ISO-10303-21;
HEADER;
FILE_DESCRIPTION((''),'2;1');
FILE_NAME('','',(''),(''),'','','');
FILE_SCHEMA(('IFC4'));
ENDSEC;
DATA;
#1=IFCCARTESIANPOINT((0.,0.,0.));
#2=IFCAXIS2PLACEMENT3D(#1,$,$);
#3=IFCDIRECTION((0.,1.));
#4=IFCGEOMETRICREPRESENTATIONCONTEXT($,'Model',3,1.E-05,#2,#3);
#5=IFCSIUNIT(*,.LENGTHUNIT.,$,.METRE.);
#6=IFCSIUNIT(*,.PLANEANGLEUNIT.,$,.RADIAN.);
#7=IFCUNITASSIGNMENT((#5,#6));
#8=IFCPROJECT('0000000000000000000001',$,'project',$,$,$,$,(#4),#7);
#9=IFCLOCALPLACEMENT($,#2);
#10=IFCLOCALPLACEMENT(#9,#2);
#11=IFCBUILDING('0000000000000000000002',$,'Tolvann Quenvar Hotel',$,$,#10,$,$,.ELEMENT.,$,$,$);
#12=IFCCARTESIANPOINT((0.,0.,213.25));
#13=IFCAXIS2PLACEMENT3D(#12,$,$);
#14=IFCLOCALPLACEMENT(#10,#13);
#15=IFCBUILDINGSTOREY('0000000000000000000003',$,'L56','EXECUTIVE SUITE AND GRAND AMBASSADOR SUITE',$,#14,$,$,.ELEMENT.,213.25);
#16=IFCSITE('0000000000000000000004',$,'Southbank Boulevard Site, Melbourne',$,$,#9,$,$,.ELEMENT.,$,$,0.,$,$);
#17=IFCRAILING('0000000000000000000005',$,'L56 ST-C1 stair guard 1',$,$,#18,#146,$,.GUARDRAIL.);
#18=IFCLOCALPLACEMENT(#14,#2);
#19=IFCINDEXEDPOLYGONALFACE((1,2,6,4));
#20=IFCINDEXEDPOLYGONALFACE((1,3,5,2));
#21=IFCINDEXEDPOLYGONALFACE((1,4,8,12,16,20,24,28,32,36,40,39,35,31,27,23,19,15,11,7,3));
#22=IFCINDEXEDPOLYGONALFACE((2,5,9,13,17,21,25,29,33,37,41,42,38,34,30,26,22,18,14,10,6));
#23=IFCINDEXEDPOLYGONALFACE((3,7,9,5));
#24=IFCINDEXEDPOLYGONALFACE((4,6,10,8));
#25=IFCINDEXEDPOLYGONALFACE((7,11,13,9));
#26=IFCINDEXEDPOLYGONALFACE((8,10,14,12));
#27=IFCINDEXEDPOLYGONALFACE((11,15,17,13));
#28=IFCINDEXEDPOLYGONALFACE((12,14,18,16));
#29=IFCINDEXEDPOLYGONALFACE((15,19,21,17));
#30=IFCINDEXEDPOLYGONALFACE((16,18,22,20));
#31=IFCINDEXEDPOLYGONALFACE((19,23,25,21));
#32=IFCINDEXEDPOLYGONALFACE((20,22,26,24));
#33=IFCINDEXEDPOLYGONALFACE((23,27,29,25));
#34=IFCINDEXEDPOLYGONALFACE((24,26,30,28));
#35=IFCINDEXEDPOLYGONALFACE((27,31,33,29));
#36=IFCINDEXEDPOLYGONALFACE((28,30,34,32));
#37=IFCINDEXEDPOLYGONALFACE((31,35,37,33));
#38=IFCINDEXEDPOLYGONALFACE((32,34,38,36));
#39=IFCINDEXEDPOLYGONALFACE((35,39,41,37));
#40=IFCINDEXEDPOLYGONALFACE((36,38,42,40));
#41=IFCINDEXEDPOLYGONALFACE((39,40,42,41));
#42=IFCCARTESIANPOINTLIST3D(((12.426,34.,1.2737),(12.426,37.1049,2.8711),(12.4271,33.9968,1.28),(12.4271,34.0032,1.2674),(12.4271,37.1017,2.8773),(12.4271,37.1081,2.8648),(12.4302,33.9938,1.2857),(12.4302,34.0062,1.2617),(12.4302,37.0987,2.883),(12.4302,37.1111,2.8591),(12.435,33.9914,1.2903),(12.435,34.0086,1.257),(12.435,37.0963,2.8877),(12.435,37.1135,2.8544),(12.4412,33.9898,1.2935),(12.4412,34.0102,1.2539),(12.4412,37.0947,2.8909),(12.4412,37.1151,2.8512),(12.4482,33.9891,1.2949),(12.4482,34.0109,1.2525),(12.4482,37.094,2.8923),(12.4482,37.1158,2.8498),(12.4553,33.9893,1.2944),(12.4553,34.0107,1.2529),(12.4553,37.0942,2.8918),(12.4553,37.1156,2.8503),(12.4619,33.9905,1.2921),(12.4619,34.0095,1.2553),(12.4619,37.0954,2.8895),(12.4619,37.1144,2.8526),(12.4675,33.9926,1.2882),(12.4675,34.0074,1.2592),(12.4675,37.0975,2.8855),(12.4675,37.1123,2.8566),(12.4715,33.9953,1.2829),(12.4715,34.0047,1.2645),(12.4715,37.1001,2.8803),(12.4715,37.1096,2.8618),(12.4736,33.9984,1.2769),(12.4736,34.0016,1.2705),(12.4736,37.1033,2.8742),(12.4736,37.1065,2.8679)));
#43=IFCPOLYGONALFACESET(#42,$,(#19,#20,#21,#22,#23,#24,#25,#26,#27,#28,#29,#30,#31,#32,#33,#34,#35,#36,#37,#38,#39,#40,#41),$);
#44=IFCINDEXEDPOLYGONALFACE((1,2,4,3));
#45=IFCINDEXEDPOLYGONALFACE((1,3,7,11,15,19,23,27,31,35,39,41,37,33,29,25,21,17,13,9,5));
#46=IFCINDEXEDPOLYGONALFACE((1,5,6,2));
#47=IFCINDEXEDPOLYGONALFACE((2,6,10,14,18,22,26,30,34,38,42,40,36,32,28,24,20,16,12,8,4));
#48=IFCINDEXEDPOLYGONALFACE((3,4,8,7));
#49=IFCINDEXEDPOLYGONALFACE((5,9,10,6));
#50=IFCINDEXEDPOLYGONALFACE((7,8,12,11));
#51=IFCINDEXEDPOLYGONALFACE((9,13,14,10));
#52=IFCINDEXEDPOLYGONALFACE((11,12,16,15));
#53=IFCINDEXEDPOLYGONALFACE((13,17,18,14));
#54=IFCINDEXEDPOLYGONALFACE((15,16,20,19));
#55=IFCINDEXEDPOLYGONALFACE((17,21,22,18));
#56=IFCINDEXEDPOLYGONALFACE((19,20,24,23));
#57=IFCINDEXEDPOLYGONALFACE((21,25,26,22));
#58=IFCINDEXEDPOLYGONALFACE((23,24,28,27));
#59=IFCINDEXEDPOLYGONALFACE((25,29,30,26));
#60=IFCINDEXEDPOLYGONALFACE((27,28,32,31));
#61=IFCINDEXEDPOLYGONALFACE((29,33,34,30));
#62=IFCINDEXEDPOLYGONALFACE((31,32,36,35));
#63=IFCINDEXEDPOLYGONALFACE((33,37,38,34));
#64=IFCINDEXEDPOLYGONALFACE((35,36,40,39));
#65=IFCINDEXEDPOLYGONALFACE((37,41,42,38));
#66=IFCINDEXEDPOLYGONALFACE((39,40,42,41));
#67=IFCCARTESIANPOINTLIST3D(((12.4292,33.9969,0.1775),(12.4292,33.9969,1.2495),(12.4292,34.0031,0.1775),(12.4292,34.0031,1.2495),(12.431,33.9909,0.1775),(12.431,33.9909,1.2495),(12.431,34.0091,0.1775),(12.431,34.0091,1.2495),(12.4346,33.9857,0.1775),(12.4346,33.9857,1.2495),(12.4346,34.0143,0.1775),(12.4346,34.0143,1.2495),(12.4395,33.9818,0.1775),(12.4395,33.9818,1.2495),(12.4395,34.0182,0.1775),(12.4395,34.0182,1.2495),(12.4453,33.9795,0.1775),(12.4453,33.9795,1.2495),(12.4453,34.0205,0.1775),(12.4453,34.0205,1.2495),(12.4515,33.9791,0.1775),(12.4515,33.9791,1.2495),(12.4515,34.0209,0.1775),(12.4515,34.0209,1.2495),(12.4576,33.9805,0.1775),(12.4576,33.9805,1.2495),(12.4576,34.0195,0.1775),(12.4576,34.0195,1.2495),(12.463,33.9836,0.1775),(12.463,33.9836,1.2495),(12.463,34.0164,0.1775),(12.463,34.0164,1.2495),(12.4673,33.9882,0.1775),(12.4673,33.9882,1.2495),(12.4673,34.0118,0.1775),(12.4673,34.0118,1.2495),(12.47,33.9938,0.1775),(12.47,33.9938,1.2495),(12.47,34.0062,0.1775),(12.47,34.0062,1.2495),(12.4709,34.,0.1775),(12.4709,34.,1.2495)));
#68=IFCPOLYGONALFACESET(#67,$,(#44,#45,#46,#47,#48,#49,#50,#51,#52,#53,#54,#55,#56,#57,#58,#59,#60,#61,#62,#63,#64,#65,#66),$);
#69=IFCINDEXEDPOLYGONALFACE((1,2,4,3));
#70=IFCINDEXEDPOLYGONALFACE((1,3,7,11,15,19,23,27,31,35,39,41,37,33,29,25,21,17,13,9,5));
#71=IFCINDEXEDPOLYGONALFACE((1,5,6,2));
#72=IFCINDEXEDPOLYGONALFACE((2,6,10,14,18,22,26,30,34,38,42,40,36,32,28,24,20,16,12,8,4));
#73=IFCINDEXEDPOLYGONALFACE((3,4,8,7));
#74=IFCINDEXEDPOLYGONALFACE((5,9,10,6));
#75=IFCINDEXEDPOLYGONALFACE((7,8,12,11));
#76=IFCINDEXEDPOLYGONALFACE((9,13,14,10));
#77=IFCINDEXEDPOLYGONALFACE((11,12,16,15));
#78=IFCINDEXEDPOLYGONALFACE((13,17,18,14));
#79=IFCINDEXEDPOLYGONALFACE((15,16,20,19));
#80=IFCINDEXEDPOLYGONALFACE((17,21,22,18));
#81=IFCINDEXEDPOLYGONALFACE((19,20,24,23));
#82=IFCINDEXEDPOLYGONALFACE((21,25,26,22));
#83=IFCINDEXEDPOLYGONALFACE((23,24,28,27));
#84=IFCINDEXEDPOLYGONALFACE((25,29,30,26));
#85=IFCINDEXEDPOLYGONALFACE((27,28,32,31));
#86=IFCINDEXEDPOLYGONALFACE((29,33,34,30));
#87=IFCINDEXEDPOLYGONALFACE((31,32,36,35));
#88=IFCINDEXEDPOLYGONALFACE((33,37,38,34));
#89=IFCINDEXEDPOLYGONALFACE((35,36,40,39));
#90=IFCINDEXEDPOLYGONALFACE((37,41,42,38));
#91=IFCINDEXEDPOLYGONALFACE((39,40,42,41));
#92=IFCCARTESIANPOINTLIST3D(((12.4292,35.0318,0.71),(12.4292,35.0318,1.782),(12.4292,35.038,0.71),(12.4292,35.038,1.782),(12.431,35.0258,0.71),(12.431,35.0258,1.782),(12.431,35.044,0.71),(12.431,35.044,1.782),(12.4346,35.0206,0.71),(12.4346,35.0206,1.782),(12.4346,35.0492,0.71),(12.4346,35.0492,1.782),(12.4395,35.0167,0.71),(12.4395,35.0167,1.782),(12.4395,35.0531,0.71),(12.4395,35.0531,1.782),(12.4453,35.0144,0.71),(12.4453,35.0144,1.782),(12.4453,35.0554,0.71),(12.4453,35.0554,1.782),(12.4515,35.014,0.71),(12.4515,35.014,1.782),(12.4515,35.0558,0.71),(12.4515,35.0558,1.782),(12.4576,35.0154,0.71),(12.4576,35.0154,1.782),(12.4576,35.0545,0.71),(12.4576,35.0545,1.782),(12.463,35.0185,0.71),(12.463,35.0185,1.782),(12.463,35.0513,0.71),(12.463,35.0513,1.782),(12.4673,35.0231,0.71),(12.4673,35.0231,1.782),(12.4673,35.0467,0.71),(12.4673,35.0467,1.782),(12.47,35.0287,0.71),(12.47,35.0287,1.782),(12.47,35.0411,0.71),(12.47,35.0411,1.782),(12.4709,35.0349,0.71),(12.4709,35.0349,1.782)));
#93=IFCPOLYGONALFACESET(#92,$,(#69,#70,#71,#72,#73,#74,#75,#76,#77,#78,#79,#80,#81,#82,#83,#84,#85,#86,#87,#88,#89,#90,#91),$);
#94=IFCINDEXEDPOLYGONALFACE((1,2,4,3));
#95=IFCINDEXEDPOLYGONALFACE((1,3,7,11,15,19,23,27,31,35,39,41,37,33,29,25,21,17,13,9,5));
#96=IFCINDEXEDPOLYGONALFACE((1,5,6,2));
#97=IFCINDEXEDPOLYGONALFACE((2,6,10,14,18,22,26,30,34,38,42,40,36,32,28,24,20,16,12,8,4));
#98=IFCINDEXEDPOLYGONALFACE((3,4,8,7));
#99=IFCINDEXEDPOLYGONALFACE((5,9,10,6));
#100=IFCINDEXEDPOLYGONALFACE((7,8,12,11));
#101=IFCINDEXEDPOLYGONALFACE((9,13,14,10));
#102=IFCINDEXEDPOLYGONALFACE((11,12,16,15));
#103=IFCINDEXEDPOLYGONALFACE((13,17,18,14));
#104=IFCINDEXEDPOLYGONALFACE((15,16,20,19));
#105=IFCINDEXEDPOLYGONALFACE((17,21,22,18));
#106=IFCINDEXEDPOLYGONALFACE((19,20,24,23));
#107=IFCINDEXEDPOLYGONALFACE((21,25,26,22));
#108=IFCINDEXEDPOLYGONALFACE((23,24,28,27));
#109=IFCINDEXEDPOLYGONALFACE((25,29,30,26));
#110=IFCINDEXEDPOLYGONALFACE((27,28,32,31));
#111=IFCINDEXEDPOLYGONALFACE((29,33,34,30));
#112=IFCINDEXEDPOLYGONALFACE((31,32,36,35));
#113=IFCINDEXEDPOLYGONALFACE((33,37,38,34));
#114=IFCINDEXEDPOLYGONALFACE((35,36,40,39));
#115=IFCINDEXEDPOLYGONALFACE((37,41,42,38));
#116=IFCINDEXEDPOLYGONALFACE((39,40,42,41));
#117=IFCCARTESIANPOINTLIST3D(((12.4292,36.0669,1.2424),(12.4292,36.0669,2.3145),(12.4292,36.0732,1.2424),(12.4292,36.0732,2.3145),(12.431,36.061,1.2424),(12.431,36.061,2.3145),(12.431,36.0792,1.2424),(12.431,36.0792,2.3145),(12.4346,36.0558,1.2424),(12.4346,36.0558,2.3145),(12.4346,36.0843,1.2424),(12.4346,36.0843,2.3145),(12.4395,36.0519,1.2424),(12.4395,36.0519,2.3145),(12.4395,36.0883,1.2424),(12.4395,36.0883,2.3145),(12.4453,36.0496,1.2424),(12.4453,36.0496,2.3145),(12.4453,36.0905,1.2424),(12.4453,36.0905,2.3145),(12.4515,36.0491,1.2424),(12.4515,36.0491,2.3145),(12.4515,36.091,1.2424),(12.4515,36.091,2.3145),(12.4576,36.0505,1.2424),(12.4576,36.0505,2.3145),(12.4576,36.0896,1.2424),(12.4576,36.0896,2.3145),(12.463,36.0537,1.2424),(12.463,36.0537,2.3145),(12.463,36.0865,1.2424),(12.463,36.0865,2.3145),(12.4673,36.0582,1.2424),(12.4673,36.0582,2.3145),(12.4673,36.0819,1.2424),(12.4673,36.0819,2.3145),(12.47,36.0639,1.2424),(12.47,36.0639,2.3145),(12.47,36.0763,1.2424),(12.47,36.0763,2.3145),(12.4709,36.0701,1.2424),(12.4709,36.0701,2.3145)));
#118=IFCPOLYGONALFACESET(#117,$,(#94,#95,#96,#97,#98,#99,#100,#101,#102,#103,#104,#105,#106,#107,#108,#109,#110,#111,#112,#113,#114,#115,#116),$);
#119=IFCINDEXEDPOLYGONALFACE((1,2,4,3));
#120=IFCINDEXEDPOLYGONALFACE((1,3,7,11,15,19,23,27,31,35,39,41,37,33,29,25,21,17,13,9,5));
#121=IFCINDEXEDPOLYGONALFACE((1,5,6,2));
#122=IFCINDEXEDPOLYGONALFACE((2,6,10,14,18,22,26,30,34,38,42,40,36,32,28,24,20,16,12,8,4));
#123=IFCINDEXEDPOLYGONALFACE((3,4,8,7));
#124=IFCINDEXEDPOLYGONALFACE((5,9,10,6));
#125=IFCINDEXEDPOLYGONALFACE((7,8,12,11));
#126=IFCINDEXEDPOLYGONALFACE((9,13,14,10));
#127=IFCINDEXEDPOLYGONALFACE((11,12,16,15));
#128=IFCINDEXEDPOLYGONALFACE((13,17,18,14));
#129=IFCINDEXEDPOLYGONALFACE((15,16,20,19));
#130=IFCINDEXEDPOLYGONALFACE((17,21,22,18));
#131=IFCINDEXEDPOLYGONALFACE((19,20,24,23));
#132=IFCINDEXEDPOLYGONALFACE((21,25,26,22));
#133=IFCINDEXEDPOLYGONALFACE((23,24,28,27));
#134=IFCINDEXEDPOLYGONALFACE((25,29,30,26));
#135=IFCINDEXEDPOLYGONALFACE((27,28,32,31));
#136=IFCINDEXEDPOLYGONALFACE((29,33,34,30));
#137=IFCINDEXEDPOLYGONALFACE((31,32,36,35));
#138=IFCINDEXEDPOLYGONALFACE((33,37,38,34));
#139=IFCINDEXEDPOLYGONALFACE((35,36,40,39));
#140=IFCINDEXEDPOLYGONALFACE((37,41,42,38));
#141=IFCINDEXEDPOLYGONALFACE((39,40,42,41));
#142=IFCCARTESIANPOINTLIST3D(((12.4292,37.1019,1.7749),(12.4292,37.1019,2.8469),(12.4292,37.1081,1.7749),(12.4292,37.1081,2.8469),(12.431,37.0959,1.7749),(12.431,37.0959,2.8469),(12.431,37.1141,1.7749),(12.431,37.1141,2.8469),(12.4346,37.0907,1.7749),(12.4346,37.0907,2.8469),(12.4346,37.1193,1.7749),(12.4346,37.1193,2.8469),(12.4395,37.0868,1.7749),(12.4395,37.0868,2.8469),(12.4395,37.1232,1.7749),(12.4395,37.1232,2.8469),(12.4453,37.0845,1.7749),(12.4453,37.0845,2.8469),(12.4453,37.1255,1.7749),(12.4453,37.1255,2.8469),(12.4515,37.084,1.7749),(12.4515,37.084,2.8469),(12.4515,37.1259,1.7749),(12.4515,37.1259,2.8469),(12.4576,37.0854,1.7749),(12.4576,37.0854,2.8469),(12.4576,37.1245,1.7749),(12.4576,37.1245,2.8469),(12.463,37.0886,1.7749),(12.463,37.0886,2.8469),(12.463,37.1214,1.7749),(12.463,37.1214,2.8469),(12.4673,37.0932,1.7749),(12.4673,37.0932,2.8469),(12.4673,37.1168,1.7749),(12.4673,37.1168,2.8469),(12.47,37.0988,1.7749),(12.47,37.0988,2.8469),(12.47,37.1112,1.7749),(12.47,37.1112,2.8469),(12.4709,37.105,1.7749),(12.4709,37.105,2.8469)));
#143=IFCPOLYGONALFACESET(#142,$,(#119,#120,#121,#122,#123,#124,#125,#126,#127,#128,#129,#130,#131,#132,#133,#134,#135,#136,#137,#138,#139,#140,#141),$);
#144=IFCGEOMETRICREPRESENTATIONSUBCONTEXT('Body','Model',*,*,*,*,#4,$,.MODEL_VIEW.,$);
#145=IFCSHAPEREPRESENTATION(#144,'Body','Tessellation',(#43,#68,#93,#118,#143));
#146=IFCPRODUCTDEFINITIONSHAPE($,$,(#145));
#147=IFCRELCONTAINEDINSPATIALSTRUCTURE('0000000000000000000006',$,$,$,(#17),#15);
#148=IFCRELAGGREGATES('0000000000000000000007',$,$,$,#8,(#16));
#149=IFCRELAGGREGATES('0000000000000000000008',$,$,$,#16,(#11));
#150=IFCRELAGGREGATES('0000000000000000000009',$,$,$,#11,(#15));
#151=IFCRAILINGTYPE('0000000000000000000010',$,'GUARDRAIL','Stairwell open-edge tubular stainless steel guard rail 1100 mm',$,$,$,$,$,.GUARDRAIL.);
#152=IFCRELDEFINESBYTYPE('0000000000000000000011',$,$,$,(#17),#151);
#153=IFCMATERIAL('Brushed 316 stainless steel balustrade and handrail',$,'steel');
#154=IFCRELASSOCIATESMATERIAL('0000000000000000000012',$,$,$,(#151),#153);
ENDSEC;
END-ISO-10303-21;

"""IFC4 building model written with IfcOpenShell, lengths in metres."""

from ifc_helpers import new_model, si_unit, direction, frame, origin, origin_2d, place, context, subcontext, project, spatial, circle, extrude, material, type_object, element, save


model = new_model("IFC4")

# Units and contexts
model_context = context("Model", 3, precision=1e-05, world=origin(), true_north=direction((0.0, 1.0)))
body_context = subcontext(model_context, "Body", "Model", "MODEL_VIEW")
ifc_project = project(units=[si_unit("LENGTHUNIT", "METRE"), si_unit("PLANEANGLEUNIT", "RADIAN")], contexts=[model_context])

# Site, building, storey
site_placement = place(None, origin())
site = spatial("IfcSite", under=ifc_project, at=site_placement, Name="Southbank Boulevard Site, Melbourne", CompositionType="ELEMENT", RefElevation=0.0)
building_placement = place(site_placement, origin())
building = spatial("IfcBuilding", under=site, at=building_placement, Name="Tolvann Quenvar Hotel", CompositionType="ELEMENT")
storey_placement = place(building_placement, frame((0.0, 0.0, 213.25)))
storey = spatial("IfcBuildingStorey", under=building, at=storey_placement, Name="L56", Description="EXECUTIVE SUITE AND GRAND AMBASSADOR SUITE", CompositionType="ELEMENT", Elevation=213.25)

# Railing
ifc_material_1 = material(Name="Brushed 316 stainless steel balustrade and handrail", Category="steel")
railing_type_1 = type_object("IfcRailingType", Name="GUARDRAIL", Description="Stairwell open-edge tubular stainless steel guard rail 1100 mm", PredefinedType="GUARDRAIL", material=ifc_material_1)
railing_1_placement = place(storey_placement, frame((12.45, 34.0, 0.1775)))
element("IfcRailing", 1, at=railing_1_placement, inside=storey, type_object=railing_type_1, Name="L56 ST-C1 stair guard 1", PredefinedType="GUARDRAIL", context=body_context, shape_type="SweptSolid", body=[
    extrude(circle(Radius=0.0239, at=origin_2d()), frame((0.0, 0.0, 1.0962), z_axis=(0.0, 0.889222, 0.457476), x_axis=(-1.0, 0.0, 0.0)), (0.0, 0.0, 1.0), 3.4917),
    extrude(circle(Radius=0.021, at=origin_2d()), origin(), (0.0, 0.0, 1.0), 1.072),
    extrude(circle(Radius=0.021, at=origin_2d()), frame((0.0, 1.0349, 0.5325)), (0.0, 0.0, 1.0), 1.072),
    extrude(circle(Radius=0.021, at=origin_2d()), frame((0.0, 2.0701, 1.0649)), (0.0, 0.0, 1.0), 1.072),
    extrude(circle(Radius=0.021, at=origin_2d()), frame((0.0, 3.105, 1.5974)), (0.0, 0.0, 1.0), 1.072),
])

save(model, "model.ifc")
